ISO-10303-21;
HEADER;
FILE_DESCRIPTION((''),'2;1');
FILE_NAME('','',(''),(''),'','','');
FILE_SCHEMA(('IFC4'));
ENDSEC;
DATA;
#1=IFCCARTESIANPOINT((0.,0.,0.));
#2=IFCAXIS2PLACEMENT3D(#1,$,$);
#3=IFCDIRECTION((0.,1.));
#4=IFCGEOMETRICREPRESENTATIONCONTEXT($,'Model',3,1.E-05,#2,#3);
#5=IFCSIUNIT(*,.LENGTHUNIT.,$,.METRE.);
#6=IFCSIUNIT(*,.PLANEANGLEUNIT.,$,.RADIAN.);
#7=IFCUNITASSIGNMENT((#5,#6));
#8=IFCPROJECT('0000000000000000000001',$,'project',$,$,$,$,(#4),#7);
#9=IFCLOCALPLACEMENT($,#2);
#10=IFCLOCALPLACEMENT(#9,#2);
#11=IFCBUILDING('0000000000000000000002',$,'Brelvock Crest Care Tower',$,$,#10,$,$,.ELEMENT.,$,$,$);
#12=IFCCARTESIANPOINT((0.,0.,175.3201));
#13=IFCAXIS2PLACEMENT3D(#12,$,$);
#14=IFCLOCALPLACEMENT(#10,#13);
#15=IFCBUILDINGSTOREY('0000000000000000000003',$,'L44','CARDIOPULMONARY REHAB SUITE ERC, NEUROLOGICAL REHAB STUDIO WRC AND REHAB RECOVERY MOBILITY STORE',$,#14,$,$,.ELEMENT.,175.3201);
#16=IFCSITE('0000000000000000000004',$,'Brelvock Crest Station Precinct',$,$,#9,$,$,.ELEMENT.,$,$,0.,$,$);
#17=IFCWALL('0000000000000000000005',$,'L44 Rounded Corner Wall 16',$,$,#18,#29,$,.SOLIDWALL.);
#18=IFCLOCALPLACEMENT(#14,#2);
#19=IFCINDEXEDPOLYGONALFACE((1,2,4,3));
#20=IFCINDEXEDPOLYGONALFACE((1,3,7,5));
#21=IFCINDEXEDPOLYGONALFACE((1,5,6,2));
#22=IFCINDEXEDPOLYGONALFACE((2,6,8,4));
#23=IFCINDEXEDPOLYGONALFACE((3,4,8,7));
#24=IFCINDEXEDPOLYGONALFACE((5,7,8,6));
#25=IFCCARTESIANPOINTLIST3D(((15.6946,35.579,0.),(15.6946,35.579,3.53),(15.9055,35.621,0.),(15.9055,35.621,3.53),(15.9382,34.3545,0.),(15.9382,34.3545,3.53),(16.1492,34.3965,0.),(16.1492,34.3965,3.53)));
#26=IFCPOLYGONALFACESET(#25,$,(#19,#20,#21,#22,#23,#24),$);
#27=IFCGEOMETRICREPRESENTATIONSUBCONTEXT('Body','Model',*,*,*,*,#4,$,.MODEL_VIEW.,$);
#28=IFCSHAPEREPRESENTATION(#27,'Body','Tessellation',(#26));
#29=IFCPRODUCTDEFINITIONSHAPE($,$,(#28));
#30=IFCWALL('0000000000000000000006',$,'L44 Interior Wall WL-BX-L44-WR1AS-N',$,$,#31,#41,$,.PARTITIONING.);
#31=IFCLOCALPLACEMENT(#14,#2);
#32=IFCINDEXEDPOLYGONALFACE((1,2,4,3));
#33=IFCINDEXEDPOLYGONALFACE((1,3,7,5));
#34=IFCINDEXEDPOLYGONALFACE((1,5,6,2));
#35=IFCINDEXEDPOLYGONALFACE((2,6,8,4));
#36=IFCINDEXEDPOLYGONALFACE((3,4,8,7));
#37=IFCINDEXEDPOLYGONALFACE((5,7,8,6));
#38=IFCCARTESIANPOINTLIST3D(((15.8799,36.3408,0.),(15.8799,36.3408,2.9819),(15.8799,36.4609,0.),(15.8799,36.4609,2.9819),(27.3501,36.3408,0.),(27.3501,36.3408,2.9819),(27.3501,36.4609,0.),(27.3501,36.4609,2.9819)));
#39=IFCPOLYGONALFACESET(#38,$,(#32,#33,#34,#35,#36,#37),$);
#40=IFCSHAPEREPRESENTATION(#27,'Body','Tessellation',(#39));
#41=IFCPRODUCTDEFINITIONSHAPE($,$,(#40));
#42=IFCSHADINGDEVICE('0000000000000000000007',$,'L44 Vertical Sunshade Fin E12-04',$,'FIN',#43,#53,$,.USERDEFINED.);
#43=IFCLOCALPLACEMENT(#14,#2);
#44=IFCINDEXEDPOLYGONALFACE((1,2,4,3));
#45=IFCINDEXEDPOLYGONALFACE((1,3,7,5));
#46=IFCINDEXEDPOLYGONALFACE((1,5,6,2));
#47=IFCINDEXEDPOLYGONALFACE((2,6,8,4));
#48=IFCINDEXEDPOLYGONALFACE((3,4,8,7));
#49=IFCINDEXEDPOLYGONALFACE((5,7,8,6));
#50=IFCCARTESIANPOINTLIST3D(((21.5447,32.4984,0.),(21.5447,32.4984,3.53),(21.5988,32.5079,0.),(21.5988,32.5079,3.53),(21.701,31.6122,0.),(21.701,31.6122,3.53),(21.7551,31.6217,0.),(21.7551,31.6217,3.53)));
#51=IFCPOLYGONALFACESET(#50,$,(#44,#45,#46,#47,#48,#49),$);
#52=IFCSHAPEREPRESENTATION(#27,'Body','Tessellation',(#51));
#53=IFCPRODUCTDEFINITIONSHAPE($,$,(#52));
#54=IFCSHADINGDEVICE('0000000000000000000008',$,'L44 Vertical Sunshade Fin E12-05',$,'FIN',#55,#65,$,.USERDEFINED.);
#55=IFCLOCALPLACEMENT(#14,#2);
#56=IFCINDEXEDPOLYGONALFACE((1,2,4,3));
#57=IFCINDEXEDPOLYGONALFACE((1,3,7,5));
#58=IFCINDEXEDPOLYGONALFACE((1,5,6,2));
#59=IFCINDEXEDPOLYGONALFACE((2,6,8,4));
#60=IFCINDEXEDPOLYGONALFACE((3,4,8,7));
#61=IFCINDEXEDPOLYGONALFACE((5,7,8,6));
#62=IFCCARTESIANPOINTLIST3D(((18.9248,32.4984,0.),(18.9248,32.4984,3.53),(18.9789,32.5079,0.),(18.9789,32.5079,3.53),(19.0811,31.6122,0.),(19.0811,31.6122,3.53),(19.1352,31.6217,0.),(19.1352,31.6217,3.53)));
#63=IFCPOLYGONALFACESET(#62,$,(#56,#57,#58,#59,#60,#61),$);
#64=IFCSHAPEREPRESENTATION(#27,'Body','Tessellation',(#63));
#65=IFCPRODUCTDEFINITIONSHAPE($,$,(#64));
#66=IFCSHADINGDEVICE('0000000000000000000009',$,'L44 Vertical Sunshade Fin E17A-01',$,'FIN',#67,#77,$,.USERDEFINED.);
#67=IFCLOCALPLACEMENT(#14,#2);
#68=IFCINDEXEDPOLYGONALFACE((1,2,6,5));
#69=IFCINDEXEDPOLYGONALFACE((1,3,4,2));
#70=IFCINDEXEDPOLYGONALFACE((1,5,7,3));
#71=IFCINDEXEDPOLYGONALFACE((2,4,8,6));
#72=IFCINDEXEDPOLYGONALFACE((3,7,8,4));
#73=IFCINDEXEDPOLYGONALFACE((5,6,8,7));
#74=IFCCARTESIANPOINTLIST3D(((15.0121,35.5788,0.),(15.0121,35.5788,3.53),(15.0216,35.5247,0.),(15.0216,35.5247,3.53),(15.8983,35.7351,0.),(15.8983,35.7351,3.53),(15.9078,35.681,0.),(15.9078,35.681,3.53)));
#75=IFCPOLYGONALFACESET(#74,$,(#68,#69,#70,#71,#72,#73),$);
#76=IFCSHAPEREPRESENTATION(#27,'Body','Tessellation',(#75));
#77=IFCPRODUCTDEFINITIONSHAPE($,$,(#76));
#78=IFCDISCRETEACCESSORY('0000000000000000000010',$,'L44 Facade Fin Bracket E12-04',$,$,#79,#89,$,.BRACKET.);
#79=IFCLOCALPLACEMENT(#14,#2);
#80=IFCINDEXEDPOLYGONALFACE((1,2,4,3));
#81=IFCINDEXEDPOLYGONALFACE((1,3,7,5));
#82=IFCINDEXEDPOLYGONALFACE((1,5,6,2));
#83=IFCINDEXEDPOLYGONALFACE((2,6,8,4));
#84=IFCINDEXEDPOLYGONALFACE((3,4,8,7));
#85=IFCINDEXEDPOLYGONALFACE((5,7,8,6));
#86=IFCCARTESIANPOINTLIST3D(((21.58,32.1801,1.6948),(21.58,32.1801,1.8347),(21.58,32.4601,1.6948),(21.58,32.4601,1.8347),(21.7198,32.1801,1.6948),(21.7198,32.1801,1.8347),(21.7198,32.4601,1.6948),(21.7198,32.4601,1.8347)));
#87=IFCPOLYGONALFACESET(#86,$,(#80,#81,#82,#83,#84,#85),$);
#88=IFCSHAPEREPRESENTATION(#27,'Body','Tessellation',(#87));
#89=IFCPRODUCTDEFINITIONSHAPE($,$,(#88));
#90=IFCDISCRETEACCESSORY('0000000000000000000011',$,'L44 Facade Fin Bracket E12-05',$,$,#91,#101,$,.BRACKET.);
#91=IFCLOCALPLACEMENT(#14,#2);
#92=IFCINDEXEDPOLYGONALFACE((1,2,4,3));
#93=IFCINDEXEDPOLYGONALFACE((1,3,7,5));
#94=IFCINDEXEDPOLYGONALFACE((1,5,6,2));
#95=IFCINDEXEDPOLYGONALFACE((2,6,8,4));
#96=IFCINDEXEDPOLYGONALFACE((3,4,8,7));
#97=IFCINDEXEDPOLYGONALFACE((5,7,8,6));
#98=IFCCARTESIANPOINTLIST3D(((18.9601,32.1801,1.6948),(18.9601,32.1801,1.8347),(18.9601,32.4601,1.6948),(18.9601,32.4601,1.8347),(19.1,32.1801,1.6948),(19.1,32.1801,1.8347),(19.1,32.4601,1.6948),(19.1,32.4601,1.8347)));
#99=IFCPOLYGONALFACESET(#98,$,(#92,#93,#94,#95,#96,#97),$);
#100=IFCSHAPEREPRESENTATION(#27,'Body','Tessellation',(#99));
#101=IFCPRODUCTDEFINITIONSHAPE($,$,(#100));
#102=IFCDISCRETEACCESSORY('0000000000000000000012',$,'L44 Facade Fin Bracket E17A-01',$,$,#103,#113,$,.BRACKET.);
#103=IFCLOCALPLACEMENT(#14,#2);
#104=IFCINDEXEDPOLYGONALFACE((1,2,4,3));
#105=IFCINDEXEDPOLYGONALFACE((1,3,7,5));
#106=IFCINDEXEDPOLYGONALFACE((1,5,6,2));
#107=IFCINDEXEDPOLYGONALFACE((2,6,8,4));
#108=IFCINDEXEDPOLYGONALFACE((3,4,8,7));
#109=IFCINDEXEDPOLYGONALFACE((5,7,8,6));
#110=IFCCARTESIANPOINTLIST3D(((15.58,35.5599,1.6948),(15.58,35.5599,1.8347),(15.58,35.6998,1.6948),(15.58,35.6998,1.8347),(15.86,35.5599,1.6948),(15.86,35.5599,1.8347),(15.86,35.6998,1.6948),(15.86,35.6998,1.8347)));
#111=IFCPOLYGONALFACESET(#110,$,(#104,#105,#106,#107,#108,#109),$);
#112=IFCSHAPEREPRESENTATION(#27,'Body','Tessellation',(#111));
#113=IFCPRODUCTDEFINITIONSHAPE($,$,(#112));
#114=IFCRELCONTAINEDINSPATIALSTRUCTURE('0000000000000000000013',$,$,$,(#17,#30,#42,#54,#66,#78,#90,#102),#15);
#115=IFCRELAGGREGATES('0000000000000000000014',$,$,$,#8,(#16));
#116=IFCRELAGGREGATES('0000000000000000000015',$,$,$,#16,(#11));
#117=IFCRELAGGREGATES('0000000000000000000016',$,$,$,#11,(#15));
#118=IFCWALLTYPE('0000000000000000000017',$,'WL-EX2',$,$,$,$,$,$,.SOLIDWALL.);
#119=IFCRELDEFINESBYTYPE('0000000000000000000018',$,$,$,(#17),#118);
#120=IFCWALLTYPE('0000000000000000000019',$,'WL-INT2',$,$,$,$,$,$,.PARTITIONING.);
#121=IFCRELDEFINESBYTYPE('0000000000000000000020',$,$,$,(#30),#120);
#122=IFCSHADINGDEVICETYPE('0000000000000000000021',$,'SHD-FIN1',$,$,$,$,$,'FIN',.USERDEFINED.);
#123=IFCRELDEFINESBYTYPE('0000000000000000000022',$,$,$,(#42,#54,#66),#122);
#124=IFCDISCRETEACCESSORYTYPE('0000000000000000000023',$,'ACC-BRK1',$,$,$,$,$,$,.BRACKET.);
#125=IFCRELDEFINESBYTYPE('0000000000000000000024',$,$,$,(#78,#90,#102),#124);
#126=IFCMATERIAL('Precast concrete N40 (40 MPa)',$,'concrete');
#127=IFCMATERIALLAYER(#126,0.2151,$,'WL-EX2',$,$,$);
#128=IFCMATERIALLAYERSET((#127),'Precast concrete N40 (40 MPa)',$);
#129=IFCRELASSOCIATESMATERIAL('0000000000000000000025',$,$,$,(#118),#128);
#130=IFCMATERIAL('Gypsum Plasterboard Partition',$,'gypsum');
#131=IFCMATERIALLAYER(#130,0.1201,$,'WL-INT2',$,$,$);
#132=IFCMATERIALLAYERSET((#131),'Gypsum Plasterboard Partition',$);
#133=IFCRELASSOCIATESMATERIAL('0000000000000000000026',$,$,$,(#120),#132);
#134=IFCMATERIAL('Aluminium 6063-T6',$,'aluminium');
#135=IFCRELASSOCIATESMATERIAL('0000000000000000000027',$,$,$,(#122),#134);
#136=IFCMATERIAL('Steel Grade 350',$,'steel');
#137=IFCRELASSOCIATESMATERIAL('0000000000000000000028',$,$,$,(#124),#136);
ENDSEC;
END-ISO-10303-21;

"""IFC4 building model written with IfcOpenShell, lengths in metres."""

from ifc_helpers import new_model, si_unit, direction, frame, frame_2d, origin, origin_2d, place, context, subcontext, project, spatial, rectangle, extrude, source, transform, mapped, material, layer, layer_set, material_profile, profile_set, type_object, element, save


model = new_model("IFC4")

# Units and contexts
model_context = context("Model", 3, precision=1e-05, world=origin(), true_north=direction((0.0, 1.0)))
body_context = subcontext(model_context, "Body", "Model", "MODEL_VIEW")
ifc_project = project(units=[si_unit("LENGTHUNIT", "METRE"), si_unit("PLANEANGLEUNIT", "RADIAN")], contexts=[model_context])

# Site, building, storey
site_placement = place(None, origin())
site = spatial("IfcSite", under=ifc_project, at=site_placement, Name="Brelvock Crest Station Precinct", CompositionType="ELEMENT", RefElevation=0.0)
building_placement = place(site_placement, origin())
building = spatial("IfcBuilding", under=site, at=building_placement, Name="Brelvock Crest Care Tower", CompositionType="ELEMENT")
storey_placement = place(building_placement, frame((0.0, 0.0, 175.3201)))
storey = spatial("IfcBuildingStorey", under=building, at=storey_placement, Name="L44", Description="CARDIOPULMONARY REHAB SUITE ERC, NEUROLOGICAL REHAB STUDIO WRC AND REHAB RECOVERY MOBILITY STORE", CompositionType="ELEMENT", Elevation=175.3201)

# Shared definitions
ifc_material_1 = material(Name="Steel Grade 350", Category="steel")

# Shared definitions
ifc_material_2 = material(Name="Aluminium 6063-T6", Category="aluminium")

# Walls
ifc_material_3 = material(Name="Precast concrete N40 (40 MPa)", Category="concrete")
ifc_layer_1 = layer(ifc_material_3, 0.2151, Name="WL-EX2")
ifc_layer_set_1 = layer_set([ifc_layer_1], Name="Precast concrete N40 (40 MPa)")
wall_type_1 = type_object("IfcWallType", Name="WL-EX2", PredefinedType="SOLIDWALL", material=ifc_layer_set_1)
for number, where, z_axis, x_axis, name in (
    (1, (16.0437, 34.3755, 0.0), (0.0, 0.0, 1.0), (-0.195138, 0.980776, 0.0), "L44 Rounded Corner Wall 16"),
):
    element("IfcWall", number, at=place(storey_placement, frame(where, z_axis=z_axis, x_axis=x_axis)), inside=storey, type_object=wall_type_1, Name=name, PredefinedType="SOLIDWALL", context=body_context, shape_type="SweptSolid", body=[
        extrude(rectangle(XDim=1.2485, YDim=0.2151, at=frame_2d((0.6243, 0.0))), origin(), (0.0, 0.0, 1.0), 3.53),
    ])
ifc_material_4 = material(Name="Gypsum Plasterboard Partition", Category="gypsum")
ifc_layer_2 = layer(ifc_material_4, 0.1201, Name="WL-INT2")
ifc_layer_set_2 = layer_set([ifc_layer_2], Name="Gypsum Plasterboard Partition")
wall_type_2 = type_object("IfcWallType", Name="WL-INT2", PredefinedType="PARTITIONING", material=ifc_layer_set_2)
wall_placement = place(storey_placement, frame((15.8799, 36.4009, 0.0), z_axis=(0.0, 0.0, 1.0), x_axis=(1.0, 0.0, 0.0)))
element("IfcWall", 2, at=wall_placement, inside=storey, type_object=wall_type_2, Name="L44 Interior Wall WL-BX-L44-WR1AS-N", PredefinedType="PARTITIONING", context=body_context, shape_type="SweptSolid", body=[
    extrude(rectangle(XDim=11.4702, YDim=0.1201, at=frame_2d((5.7351, 0.0))), origin(), (0.0, 0.0, 1.0), 2.9819),
])

# Shading devices
ifc_material_profile_1 = material_profile(ifc_material_2, rectangle(XDim=0.0549, YDim=0.8999, at=origin_2d()), Name="FIN55x900")
ifc_profile_set_1 = profile_set([ifc_material_profile_1], Name="Aluminium 6063-T6")
shading_device_type = type_object("IfcShadingDeviceType", Name="SHD-FIN1", ElementType="FIN", PredefinedType="USERDEFINED", material=ifc_profile_set_1)
shared_shape_1 = source(origin(), body_context, "Body", "SweptSolid", [
    extrude(rectangle(XDim=0.0549, YDim=0.8999, at=origin_2d()), origin(), (0.0, 0.0, 1.0), 3.53),
])
for number, where, z_axis, x_axis, name in (
    (3, (21.6499, 32.0601, 0.0), (0.0, 0.0, 1.0), (-0.984808, -0.173648, 0.0), "L44 Vertical Sunshade Fin E12-04"),
    (4, (19.03, 32.0601, 0.0), (0.0, 0.0, 1.0), (-0.984808, -0.173648, 0.0), "L44 Vertical Sunshade Fin E12-05"),
    (5, (15.46, 35.6299, 0.0), (0.0, 0.0, 1.0), (-0.173648, 0.984808, 0.0), "L44 Vertical Sunshade Fin E17A-01"),
):
    element("IfcShadingDevice", number, at=place(storey_placement, frame(where, z_axis=z_axis, x_axis=x_axis)), inside=storey, type_object=shading_device_type, Name=name, ObjectType="FIN", PredefinedType="USERDEFINED", context=body_context, shape_type="MappedRepresentation", body=[
        mapped(shared_shape_1, transform((0.0, 0.0, 0.0), x_axis=(1.0, 0.0, 0.0), y_axis=(0.0, 1.0, 0.0), z_axis=(0.0, 0.0, 1.0), scale=1.0)),
    ])

# Discrete accessories
discrete_accessory_type = type_object("IfcDiscreteAccessoryType", Name="ACC-BRK1", PredefinedType="BRACKET", material=ifc_material_1)
shared_shape_2 = source(origin(), body_context, "Body", "SweptSolid", [
    extrude(rectangle(XDim=0.28, YDim=0.1399, at=origin_2d()), origin(), (0.0, 0.0, 1.0), 0.1399),
])
for number, where, z_axis, x_axis, name in (
    (6, (21.6499, 32.3201, 1.6948), (0.0, 0.0, 1.0), (0.0, -1.0, 0.0), "L44 Facade Fin Bracket E12-04"),
    (7, (19.03, 32.3201, 1.6948), (0.0, 0.0, 1.0), (0.0, -1.0, 0.0), "L44 Facade Fin Bracket E12-05"),
    (8, (15.72, 35.6299, 1.6948), (0.0, 0.0, 1.0), (-1.0, 0.0, 0.0), "L44 Facade Fin Bracket E17A-01"),
):
    element("IfcDiscreteAccessory", number, at=place(storey_placement, frame(where, z_axis=z_axis, x_axis=x_axis)), inside=storey, type_object=discrete_accessory_type, Name=name, PredefinedType="BRACKET", context=body_context, shape_type="MappedRepresentation", body=[
        mapped(shared_shape_2, transform((0.0, 0.0, 0.0), x_axis=(1.0, 0.0, 0.0), y_axis=(0.0, 1.0, 0.0), z_axis=(0.0, 0.0, 1.0), scale=1.0)),
    ])

save(model, "model.ifc")
